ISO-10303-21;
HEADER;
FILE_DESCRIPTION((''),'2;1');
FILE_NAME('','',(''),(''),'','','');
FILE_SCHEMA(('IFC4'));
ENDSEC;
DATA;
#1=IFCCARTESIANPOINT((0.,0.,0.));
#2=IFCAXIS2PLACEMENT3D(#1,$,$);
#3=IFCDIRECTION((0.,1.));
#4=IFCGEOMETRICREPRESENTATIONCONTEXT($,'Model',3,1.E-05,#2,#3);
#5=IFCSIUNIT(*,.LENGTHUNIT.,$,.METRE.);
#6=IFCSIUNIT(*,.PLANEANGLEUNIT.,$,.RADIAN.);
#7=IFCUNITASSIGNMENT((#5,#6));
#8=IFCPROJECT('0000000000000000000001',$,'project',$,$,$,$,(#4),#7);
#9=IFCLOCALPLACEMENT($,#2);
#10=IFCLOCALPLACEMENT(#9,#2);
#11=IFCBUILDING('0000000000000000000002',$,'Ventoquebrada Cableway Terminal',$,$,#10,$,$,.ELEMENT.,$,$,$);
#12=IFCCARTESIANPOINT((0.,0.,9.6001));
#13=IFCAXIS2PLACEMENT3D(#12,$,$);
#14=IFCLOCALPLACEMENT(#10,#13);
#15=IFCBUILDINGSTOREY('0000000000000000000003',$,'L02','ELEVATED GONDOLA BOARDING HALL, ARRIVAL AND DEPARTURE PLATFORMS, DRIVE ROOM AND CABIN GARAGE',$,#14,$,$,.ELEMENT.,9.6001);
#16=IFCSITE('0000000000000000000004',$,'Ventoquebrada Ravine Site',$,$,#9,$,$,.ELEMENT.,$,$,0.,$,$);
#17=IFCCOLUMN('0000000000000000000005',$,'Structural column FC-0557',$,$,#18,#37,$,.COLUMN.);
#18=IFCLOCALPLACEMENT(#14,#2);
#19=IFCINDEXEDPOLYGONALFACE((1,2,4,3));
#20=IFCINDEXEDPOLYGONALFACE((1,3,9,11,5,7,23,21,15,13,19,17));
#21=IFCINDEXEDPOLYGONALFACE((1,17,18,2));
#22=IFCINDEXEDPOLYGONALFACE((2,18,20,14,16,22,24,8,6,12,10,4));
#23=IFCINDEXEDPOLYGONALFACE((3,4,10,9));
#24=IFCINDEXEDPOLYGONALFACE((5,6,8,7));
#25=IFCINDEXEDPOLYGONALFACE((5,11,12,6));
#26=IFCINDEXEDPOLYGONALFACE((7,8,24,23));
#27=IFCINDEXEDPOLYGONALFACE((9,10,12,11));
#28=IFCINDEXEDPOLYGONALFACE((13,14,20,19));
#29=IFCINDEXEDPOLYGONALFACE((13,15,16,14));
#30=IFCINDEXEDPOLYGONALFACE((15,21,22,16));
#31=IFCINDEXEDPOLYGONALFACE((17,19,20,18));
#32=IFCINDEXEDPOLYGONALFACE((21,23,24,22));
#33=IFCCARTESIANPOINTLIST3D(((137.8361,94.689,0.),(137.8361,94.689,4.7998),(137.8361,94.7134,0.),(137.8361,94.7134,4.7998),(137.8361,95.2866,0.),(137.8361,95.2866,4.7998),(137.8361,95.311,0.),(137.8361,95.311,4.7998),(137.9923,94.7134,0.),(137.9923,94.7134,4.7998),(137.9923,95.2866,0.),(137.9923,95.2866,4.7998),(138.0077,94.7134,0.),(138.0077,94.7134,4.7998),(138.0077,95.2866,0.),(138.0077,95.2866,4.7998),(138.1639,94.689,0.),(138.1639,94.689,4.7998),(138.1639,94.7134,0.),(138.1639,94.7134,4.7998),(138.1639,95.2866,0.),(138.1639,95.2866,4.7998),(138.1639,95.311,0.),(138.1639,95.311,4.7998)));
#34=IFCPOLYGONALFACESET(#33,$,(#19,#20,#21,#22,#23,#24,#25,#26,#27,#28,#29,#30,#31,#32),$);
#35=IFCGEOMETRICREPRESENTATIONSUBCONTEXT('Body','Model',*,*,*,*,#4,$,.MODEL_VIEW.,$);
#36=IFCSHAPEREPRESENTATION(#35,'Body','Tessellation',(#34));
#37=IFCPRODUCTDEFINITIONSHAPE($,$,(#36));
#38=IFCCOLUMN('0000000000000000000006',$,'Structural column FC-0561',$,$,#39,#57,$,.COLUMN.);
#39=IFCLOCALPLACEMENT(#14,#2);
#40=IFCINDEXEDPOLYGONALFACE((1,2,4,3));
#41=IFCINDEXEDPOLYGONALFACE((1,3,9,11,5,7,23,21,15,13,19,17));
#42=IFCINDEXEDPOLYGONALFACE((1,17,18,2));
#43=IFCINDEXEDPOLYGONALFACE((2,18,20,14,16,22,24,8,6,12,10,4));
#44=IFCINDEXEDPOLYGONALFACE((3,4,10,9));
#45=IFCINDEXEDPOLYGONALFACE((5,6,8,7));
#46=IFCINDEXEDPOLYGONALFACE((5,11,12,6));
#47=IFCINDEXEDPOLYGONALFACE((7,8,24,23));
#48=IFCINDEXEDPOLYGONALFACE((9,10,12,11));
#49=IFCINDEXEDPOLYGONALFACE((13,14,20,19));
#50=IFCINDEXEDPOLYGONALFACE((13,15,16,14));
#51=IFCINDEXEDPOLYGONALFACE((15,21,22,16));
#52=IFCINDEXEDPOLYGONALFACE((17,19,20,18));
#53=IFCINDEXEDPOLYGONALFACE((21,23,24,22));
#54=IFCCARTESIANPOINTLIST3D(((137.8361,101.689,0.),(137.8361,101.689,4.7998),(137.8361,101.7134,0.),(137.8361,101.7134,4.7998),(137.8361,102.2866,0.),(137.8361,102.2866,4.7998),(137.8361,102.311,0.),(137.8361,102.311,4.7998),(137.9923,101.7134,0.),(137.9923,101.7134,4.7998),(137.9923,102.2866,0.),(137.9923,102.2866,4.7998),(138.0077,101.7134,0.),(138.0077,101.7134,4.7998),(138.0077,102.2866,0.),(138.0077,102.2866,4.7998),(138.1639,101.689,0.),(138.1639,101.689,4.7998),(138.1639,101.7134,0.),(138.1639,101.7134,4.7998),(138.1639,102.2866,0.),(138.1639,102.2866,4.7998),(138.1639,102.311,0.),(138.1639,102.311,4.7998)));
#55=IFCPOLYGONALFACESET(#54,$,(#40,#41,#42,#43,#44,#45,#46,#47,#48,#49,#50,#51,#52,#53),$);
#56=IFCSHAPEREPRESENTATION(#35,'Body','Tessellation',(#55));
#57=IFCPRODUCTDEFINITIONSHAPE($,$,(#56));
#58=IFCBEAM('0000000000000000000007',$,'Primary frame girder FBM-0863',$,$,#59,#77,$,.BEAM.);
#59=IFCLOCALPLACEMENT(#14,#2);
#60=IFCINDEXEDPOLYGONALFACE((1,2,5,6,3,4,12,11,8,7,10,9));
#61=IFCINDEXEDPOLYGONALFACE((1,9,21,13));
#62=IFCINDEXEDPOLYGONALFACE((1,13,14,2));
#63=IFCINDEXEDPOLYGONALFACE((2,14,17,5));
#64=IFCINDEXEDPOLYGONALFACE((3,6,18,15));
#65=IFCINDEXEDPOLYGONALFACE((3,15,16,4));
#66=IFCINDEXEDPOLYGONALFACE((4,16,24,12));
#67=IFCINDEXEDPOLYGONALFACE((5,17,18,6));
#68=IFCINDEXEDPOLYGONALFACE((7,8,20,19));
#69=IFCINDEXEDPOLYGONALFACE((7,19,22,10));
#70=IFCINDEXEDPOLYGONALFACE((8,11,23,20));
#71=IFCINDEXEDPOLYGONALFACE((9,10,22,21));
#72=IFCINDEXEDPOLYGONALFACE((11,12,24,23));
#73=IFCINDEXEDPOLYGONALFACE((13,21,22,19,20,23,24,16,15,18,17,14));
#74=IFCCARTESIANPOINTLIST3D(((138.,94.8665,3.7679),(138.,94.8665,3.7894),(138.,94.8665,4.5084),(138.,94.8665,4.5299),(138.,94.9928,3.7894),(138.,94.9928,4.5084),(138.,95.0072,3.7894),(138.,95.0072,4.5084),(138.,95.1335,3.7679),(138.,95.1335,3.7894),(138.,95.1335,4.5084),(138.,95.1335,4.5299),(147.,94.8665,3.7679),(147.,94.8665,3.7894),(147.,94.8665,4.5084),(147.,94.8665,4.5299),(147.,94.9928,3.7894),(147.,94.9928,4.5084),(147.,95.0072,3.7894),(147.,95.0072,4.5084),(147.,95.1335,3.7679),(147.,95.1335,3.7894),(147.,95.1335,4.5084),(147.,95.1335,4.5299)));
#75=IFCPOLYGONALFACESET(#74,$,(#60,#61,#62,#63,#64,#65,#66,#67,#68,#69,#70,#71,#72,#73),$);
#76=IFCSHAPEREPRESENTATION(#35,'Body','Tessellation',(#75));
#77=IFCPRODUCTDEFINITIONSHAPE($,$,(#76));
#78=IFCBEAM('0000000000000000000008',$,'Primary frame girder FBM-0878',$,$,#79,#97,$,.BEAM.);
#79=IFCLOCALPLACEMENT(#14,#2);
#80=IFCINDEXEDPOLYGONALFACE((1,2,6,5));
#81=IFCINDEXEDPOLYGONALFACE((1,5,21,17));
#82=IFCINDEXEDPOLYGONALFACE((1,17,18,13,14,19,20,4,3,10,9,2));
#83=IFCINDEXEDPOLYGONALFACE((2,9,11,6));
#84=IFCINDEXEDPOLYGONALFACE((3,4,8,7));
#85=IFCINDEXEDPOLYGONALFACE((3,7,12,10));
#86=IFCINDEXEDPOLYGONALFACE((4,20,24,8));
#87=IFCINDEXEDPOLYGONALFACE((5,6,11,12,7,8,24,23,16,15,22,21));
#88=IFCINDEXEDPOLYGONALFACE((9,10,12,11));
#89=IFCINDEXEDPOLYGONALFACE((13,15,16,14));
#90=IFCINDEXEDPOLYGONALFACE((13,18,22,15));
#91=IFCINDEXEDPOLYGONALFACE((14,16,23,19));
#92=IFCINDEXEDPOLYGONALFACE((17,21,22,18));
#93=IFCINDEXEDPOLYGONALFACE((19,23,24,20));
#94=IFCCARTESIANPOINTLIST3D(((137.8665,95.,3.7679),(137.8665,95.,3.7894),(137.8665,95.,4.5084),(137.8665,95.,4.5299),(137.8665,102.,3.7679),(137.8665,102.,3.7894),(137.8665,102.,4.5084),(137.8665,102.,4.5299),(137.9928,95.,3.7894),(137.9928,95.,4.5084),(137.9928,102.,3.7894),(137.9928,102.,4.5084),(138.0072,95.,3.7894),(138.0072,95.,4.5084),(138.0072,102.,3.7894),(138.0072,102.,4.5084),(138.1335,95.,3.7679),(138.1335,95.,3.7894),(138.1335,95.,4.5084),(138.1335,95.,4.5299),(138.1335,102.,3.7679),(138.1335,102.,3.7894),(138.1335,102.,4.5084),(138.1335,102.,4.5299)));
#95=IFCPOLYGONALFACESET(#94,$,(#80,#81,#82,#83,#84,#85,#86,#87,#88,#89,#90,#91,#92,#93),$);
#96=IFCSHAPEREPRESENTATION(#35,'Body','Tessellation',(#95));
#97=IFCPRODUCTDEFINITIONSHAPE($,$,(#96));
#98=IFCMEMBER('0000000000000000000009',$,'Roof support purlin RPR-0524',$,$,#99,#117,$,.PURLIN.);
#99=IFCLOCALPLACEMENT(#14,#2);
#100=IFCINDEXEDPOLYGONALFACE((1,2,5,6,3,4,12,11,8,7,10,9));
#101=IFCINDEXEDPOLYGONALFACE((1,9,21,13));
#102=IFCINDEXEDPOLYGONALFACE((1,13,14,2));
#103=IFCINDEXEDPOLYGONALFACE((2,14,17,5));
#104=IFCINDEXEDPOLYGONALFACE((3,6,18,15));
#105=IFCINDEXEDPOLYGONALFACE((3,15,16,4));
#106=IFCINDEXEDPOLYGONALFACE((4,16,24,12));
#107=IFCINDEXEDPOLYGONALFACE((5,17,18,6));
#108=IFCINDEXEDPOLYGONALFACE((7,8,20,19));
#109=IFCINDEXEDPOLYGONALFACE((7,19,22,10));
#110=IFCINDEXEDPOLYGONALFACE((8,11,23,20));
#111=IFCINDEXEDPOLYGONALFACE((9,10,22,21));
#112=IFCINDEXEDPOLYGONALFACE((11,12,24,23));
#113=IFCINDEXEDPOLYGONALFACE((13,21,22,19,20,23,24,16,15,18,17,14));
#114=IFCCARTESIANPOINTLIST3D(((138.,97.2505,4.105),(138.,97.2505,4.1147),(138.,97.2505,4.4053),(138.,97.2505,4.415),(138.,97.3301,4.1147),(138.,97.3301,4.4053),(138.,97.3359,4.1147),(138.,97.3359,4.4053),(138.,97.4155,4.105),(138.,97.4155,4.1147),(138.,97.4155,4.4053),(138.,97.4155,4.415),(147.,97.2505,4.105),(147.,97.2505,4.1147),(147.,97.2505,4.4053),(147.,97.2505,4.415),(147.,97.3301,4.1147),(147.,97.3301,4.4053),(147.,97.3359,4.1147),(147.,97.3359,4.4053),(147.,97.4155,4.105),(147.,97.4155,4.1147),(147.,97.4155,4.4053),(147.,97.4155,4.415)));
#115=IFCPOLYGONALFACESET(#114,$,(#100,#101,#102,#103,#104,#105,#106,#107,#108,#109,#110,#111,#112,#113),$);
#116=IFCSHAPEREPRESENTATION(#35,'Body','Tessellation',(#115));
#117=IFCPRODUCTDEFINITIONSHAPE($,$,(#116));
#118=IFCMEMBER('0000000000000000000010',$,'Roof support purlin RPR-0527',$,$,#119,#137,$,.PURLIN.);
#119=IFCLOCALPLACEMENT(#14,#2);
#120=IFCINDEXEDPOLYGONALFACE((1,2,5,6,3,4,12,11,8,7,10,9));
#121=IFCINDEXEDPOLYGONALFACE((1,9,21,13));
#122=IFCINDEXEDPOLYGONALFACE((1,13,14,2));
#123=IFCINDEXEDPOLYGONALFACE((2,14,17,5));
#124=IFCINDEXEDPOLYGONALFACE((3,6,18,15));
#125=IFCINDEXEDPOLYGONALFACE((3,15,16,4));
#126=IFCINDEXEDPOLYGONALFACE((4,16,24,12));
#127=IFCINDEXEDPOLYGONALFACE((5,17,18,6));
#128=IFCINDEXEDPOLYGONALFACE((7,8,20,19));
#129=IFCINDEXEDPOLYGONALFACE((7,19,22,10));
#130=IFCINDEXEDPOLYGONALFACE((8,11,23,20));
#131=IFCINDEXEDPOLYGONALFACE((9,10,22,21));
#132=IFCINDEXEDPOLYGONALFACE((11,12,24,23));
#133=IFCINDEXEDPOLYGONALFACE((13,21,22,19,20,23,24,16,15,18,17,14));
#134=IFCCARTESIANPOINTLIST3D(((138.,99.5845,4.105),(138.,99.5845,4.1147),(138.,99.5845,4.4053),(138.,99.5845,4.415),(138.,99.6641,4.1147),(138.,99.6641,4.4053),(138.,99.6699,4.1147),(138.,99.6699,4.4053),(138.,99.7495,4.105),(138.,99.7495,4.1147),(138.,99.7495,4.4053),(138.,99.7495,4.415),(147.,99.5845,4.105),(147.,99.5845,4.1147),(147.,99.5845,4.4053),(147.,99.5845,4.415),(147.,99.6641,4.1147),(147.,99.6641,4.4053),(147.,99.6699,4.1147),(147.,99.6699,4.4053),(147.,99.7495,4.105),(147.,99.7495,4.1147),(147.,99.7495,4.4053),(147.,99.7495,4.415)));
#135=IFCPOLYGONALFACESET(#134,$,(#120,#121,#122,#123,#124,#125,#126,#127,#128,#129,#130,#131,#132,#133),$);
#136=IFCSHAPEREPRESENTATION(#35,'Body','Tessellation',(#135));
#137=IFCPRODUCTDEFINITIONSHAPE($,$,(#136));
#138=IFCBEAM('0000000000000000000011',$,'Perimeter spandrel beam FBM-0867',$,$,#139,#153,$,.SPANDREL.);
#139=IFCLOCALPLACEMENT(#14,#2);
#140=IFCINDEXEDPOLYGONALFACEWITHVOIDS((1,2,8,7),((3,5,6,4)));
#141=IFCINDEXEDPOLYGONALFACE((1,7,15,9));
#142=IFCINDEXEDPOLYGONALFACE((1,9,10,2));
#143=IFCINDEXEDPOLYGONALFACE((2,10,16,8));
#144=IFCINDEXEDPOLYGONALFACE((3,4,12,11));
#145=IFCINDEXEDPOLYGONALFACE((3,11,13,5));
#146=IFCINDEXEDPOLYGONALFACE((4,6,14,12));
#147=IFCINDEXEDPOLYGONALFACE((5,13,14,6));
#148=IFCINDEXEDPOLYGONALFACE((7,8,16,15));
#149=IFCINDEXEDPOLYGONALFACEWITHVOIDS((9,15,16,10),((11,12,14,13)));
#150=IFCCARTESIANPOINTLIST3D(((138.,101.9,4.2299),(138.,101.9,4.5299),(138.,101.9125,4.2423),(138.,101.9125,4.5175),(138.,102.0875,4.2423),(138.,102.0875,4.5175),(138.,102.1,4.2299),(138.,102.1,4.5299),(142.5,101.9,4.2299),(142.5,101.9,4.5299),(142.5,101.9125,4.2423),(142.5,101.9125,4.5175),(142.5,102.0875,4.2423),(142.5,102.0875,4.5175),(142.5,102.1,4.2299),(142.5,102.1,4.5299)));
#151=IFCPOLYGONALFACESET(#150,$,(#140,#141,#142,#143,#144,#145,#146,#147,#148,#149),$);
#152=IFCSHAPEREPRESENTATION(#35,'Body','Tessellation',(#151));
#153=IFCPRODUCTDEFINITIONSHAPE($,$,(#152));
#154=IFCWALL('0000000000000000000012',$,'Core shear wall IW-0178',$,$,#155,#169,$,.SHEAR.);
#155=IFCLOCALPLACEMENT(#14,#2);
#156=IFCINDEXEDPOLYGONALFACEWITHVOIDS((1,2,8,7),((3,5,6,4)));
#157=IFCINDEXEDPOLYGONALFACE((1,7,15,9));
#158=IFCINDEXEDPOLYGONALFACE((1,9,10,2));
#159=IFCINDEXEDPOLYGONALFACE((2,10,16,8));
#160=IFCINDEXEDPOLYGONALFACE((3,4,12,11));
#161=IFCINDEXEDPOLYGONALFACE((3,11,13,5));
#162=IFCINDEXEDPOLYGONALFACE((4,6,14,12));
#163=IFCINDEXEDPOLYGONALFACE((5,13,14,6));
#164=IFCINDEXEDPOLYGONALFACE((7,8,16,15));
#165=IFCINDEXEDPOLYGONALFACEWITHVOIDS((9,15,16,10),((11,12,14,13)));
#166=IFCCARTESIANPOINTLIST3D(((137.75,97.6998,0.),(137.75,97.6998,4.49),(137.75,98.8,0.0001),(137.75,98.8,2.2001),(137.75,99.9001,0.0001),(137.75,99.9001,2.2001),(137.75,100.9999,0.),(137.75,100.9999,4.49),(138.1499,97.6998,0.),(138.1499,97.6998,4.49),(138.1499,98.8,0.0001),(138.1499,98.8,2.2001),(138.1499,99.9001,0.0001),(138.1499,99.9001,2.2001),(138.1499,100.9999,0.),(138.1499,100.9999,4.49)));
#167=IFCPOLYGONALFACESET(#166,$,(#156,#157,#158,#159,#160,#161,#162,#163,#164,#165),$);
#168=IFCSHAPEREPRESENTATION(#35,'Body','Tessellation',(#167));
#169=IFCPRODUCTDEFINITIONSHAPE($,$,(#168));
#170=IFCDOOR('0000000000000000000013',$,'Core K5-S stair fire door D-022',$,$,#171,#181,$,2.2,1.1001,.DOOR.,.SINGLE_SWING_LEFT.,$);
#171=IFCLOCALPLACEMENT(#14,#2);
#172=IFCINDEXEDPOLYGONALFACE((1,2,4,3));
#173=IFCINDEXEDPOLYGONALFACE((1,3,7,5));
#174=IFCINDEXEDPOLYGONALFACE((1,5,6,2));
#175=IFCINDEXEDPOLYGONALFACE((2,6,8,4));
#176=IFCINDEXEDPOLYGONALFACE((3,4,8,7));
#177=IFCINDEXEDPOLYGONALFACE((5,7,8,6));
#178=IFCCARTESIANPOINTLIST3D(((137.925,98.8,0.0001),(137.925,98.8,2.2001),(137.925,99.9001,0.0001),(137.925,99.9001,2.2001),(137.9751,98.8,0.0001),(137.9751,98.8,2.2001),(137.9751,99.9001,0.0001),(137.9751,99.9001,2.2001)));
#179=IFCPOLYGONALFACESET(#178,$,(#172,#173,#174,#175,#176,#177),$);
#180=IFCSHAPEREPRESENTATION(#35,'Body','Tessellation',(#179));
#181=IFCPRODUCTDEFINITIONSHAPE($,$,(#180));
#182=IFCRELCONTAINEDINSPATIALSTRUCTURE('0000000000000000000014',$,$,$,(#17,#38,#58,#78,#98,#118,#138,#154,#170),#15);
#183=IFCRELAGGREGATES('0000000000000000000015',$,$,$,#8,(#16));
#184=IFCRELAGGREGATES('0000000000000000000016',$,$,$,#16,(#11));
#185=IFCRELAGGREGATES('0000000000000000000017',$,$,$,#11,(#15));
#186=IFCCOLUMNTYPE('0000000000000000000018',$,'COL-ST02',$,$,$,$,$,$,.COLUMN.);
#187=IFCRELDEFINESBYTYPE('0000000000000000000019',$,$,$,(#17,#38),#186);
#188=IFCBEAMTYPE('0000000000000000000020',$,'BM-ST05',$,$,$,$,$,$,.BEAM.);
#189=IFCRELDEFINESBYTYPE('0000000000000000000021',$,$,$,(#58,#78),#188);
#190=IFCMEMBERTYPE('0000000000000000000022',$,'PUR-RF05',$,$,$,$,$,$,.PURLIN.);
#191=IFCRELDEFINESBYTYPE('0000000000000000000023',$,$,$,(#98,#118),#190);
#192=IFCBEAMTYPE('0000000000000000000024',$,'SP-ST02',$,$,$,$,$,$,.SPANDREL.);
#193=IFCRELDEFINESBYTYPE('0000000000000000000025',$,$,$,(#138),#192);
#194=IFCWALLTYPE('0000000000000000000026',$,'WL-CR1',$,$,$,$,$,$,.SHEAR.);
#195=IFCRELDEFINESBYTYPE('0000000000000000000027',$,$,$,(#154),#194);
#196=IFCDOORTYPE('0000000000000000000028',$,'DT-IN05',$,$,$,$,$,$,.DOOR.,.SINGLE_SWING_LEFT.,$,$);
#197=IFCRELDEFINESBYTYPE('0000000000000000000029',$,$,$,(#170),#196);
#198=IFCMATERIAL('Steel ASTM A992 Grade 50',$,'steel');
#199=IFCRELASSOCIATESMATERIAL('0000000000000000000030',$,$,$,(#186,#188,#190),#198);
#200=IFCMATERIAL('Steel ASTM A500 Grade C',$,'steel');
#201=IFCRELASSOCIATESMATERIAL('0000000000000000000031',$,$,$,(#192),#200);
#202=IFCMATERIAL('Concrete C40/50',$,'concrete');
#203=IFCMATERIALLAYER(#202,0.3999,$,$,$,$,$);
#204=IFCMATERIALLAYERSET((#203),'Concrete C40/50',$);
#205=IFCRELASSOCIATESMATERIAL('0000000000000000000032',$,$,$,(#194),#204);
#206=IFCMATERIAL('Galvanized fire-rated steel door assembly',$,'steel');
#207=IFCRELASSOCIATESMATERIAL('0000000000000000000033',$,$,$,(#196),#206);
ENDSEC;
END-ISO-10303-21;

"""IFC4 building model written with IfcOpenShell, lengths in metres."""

from ifc_helpers import new_model, si_unit, direction, frame, frame_2d, origin, origin_2d, place, context, subcontext, project, spatial, rectangle, hollow_rectangle, i_section, extrude, material, layer, layer_set, material_profile, profile_set, type_object, element, fill, save


model = new_model("IFC4")

# Units and contexts
model_context = context("Model", 3, precision=1e-05, world=origin(), true_north=direction((0.0, 1.0)))
body_context = subcontext(model_context, "Body", "Model", "MODEL_VIEW")
ifc_project = project(units=[si_unit("LENGTHUNIT", "METRE"), si_unit("PLANEANGLEUNIT", "RADIAN")], contexts=[model_context])

# Site, building, storey
site_placement = place(None, origin())
site = spatial("IfcSite", under=ifc_project, at=site_placement, Name="Ventoquebrada Ravine Site", CompositionType="ELEMENT", RefElevation=0.0)
building_placement = place(site_placement, origin())
building = spatial("IfcBuilding", under=site, at=building_placement, Name="Ventoquebrada Cableway Terminal", CompositionType="ELEMENT")
storey_placement = place(building_placement, frame((0.0, 0.0, 9.6001)))
storey = spatial("IfcBuildingStorey", under=building, at=storey_placement, Name="L02", Description="ELEVATED GONDOLA BOARDING HALL, ARRIVAL AND DEPARTURE PLATFORMS, DRIVE ROOM AND CABIN GARAGE", CompositionType="ELEMENT", Elevation=9.6001)

# Columns
ifc_material_1 = material(Name="Steel ASTM A992 Grade 50", Category="steel")
ifc_material_profile_1 = material_profile(ifc_material_1, i_section(OverallWidth=0.3279, OverallDepth=0.6221, WebThickness=0.0154, FlangeThickness=0.0244, at=origin_2d()), Name="W24X131")
ifc_profile_set_1 = profile_set([ifc_material_profile_1], Name="Steel ASTM A992 Grade 50")
column_type = type_object("IfcColumnType", Name="COL-ST02", PredefinedType="COLUMN", material=ifc_profile_set_1)
for number, where, z_axis, x_axis, name in (
    (1, (138.0, 95.0, 0.0), (0.0, 0.0, 1.0), (1.0, 0.0, 0.0), "Structural column FC-0557"),
    (2, (138.0, 102.0, 0.0), (0.0, 0.0, 1.0), (1.0, 0.0, 0.0), "Structural column FC-0561"),
):
    element("IfcColumn", number, at=place(storey_placement, frame(where, z_axis=z_axis, x_axis=x_axis)), inside=storey, type_object=column_type, Name=name, PredefinedType="COLUMN", context=body_context, shape_type="SweptSolid", body=[
        extrude(i_section(OverallWidth=0.3279, OverallDepth=0.6221, WebThickness=0.0154, FlangeThickness=0.0244, at=origin_2d()), origin(), (0.0, 0.0, 1.0), 4.7998),
    ])

# Beams
ifc_material_profile_2 = material_profile(ifc_material_1, i_section(OverallWidth=0.2671, OverallDepth=0.762, WebThickness=0.0144, FlangeThickness=0.0215, at=origin_2d()), Name="W30X116")
ifc_profile_set_2 = profile_set([ifc_material_profile_2], Name="Steel ASTM A992 Grade 50")
beam_type_1 = type_object("IfcBeamType", Name="BM-ST05", PredefinedType="BEAM", material=ifc_profile_set_2)
beam_1_placement = place(storey_placement, frame((138.0, 95.0, 4.1489), z_axis=(1.0, 0.0, 0.0), x_axis=(0.0, 1.0, 0.0)))
element("IfcBeam", 3, at=beam_1_placement, inside=storey, type_object=beam_type_1, Name="Primary frame girder FBM-0863", PredefinedType="BEAM", context=body_context, shape_type="SweptSolid", body=[
    extrude(i_section(OverallWidth=0.2671, OverallDepth=0.762, WebThickness=0.0144, FlangeThickness=0.0215, at=origin_2d()), origin(), (0.0, 0.0, 1.0), 9.0),
])
beam_2_placement = place(storey_placement, frame((138.0, 95.0, 4.1489), z_axis=(0.0, 1.0, 0.0), x_axis=(-1.0, 0.0, 0.0)))
element("IfcBeam", 4, at=beam_2_placement, inside=storey, type_object=beam_type_1, Name="Primary frame girder FBM-0878", PredefinedType="BEAM", context=body_context, shape_type="SweptSolid", body=[
    extrude(i_section(OverallWidth=0.2671, OverallDepth=0.762, WebThickness=0.0144, FlangeThickness=0.0215, at=origin_2d()), origin(), (0.0, 0.0, 1.0), 7.0),
])

# Members
ifc_material_profile_3 = material_profile(ifc_material_1, i_section(OverallWidth=0.165, OverallDepth=0.3101, WebThickness=0.0059, FlangeThickness=0.0098, at=origin_2d()), Name="W12X26")
ifc_profile_set_3 = profile_set([ifc_material_profile_3], Name="Steel ASTM A992 Grade 50")
member_type = type_object("IfcMemberType", Name="PUR-RF05", PredefinedType="PURLIN", material=ifc_profile_set_3)
for number, where, z_axis, x_axis, name in (
    (5, (138.0, 97.333, 4.26), (1.0, 0.0, 0.0), (0.0, 1.0, 0.0), "Roof support purlin RPR-0524"),
    (6, (138.0, 99.667, 4.26), (1.0, 0.0, 0.0), (0.0, 1.0, 0.0), "Roof support purlin RPR-0527"),
):
    element("IfcMember", number, at=place(storey_placement, frame(where, z_axis=z_axis, x_axis=x_axis)), inside=storey, type_object=member_type, Name=name, PredefinedType="PURLIN", context=body_context, shape_type="SweptSolid", body=[
        extrude(i_section(OverallWidth=0.165, OverallDepth=0.3101, WebThickness=0.0059, FlangeThickness=0.0098, at=origin_2d()), origin(), (0.0, 0.0, 1.0), 9.0),
    ])

# Beam
ifc_material_2 = material(Name="Steel ASTM A500 Grade C", Category="steel")
ifc_material_profile_4 = material_profile(ifc_material_2, hollow_rectangle(XDim=0.2, YDim=0.3, WallThickness=0.0125, at=origin_2d()), Name="RHS300X200X12.5")
ifc_profile_set_4 = profile_set([ifc_material_profile_4], Name="Steel ASTM A500 Grade C")
beam_type_2 = type_object("IfcBeamType", Name="SP-ST02", PredefinedType="SPANDREL", material=ifc_profile_set_4)
beam_3_placement = place(storey_placement, frame((138.0, 102.0, 4.3799), z_axis=(1.0, 0.0, 0.0), x_axis=(0.0, 1.0, 0.0)))
element("IfcBeam", 7, at=beam_3_placement, inside=storey, type_object=beam_type_2, Name="Perimeter spandrel beam FBM-0867", PredefinedType="SPANDREL", context=body_context, shape_type="SweptSolid", body=[
    extrude(hollow_rectangle(XDim=0.2, YDim=0.3, WallThickness=0.0125, at=origin_2d()), origin(), (0.0, 0.0, 1.0), 4.5),
])

# Wall, opening, door
ifc_material_3 = material(Name="Concrete C40/50", Category="concrete")
ifc_layer_1 = layer(ifc_material_3, 0.3999)
ifc_layer_set_1 = layer_set([ifc_layer_1], Name="Concrete C40/50")
wall_type_1 = type_object("IfcWallType", Name="WL-CR1", PredefinedType="SHEAR", material=ifc_layer_set_1)
wall_1_placement = place(storey_placement, frame((137.95, 97.7, 0.0), z_axis=(0.0, 0.0, 1.0), x_axis=(0.0, 1.0, 0.0)))
wall_1 = element("IfcWall", 8, at=wall_1_placement, inside=storey, type_object=wall_type_1, Name="Core shear wall IW-0178", PredefinedType="SHEAR", context=body_context, shape_type="SweptSolid", body=[
    extrude(rectangle(XDim=3.3, YDim=0.3999, at=frame_2d((1.6499, 0.0))), origin(), (0.0, 0.0, 1.0), 4.49),
])
opening_1_placement = place(wall_1_placement, frame((1.1001, 0.0, 0.0)))
opening_1 = element("IfcOpeningElement", 9, at=opening_1_placement, cuts=wall_1, PredefinedType="OPENING", context=body_context, shape_type="SweptSolid", body=[
    extrude(rectangle(XDim=1.1001, YDim=2.2, at=frame_2d((0.55, 1.1001))), frame((0.0, 0.21, 0.0), z_axis=(0.0, -1.0, 0.0), x_axis=(1.0, 0.0, 0.0)), (0.0, 0.0, 1.0), 0.4199),
])
ifc_material_4 = material(Name="Galvanized fire-rated steel door assembly", Category="steel")
door_type_1 = type_object("IfcDoorType", Name="DT-IN05", OperationType="SINGLE_SWING_LEFT", PredefinedType="DOOR", material=ifc_material_4)
door_1_placement = place(opening_1_placement, origin())
door_1 = element("IfcDoor", 10, at=door_1_placement, inside=storey, type_object=door_type_1, Name="Core K5-S stair fire door D-022", OperationType="SINGLE_SWING_LEFT", OverallHeight=2.2, OverallWidth=1.1001, PredefinedType="DOOR", context=body_context, shape_type="SweptSolid", body=[
    extrude(rectangle(XDim=1.1001, YDim=2.2, at=frame_2d((0.55, 1.1001))), frame((0.0, 0.0249, 0.0), z_axis=(0.0, -1.0, 0.0), x_axis=(1.0, 0.0, 0.0)), (0.0, 0.0, 1.0), 0.05),
])
fill(opening_1, door_1)

save(model, "model.ifc")
